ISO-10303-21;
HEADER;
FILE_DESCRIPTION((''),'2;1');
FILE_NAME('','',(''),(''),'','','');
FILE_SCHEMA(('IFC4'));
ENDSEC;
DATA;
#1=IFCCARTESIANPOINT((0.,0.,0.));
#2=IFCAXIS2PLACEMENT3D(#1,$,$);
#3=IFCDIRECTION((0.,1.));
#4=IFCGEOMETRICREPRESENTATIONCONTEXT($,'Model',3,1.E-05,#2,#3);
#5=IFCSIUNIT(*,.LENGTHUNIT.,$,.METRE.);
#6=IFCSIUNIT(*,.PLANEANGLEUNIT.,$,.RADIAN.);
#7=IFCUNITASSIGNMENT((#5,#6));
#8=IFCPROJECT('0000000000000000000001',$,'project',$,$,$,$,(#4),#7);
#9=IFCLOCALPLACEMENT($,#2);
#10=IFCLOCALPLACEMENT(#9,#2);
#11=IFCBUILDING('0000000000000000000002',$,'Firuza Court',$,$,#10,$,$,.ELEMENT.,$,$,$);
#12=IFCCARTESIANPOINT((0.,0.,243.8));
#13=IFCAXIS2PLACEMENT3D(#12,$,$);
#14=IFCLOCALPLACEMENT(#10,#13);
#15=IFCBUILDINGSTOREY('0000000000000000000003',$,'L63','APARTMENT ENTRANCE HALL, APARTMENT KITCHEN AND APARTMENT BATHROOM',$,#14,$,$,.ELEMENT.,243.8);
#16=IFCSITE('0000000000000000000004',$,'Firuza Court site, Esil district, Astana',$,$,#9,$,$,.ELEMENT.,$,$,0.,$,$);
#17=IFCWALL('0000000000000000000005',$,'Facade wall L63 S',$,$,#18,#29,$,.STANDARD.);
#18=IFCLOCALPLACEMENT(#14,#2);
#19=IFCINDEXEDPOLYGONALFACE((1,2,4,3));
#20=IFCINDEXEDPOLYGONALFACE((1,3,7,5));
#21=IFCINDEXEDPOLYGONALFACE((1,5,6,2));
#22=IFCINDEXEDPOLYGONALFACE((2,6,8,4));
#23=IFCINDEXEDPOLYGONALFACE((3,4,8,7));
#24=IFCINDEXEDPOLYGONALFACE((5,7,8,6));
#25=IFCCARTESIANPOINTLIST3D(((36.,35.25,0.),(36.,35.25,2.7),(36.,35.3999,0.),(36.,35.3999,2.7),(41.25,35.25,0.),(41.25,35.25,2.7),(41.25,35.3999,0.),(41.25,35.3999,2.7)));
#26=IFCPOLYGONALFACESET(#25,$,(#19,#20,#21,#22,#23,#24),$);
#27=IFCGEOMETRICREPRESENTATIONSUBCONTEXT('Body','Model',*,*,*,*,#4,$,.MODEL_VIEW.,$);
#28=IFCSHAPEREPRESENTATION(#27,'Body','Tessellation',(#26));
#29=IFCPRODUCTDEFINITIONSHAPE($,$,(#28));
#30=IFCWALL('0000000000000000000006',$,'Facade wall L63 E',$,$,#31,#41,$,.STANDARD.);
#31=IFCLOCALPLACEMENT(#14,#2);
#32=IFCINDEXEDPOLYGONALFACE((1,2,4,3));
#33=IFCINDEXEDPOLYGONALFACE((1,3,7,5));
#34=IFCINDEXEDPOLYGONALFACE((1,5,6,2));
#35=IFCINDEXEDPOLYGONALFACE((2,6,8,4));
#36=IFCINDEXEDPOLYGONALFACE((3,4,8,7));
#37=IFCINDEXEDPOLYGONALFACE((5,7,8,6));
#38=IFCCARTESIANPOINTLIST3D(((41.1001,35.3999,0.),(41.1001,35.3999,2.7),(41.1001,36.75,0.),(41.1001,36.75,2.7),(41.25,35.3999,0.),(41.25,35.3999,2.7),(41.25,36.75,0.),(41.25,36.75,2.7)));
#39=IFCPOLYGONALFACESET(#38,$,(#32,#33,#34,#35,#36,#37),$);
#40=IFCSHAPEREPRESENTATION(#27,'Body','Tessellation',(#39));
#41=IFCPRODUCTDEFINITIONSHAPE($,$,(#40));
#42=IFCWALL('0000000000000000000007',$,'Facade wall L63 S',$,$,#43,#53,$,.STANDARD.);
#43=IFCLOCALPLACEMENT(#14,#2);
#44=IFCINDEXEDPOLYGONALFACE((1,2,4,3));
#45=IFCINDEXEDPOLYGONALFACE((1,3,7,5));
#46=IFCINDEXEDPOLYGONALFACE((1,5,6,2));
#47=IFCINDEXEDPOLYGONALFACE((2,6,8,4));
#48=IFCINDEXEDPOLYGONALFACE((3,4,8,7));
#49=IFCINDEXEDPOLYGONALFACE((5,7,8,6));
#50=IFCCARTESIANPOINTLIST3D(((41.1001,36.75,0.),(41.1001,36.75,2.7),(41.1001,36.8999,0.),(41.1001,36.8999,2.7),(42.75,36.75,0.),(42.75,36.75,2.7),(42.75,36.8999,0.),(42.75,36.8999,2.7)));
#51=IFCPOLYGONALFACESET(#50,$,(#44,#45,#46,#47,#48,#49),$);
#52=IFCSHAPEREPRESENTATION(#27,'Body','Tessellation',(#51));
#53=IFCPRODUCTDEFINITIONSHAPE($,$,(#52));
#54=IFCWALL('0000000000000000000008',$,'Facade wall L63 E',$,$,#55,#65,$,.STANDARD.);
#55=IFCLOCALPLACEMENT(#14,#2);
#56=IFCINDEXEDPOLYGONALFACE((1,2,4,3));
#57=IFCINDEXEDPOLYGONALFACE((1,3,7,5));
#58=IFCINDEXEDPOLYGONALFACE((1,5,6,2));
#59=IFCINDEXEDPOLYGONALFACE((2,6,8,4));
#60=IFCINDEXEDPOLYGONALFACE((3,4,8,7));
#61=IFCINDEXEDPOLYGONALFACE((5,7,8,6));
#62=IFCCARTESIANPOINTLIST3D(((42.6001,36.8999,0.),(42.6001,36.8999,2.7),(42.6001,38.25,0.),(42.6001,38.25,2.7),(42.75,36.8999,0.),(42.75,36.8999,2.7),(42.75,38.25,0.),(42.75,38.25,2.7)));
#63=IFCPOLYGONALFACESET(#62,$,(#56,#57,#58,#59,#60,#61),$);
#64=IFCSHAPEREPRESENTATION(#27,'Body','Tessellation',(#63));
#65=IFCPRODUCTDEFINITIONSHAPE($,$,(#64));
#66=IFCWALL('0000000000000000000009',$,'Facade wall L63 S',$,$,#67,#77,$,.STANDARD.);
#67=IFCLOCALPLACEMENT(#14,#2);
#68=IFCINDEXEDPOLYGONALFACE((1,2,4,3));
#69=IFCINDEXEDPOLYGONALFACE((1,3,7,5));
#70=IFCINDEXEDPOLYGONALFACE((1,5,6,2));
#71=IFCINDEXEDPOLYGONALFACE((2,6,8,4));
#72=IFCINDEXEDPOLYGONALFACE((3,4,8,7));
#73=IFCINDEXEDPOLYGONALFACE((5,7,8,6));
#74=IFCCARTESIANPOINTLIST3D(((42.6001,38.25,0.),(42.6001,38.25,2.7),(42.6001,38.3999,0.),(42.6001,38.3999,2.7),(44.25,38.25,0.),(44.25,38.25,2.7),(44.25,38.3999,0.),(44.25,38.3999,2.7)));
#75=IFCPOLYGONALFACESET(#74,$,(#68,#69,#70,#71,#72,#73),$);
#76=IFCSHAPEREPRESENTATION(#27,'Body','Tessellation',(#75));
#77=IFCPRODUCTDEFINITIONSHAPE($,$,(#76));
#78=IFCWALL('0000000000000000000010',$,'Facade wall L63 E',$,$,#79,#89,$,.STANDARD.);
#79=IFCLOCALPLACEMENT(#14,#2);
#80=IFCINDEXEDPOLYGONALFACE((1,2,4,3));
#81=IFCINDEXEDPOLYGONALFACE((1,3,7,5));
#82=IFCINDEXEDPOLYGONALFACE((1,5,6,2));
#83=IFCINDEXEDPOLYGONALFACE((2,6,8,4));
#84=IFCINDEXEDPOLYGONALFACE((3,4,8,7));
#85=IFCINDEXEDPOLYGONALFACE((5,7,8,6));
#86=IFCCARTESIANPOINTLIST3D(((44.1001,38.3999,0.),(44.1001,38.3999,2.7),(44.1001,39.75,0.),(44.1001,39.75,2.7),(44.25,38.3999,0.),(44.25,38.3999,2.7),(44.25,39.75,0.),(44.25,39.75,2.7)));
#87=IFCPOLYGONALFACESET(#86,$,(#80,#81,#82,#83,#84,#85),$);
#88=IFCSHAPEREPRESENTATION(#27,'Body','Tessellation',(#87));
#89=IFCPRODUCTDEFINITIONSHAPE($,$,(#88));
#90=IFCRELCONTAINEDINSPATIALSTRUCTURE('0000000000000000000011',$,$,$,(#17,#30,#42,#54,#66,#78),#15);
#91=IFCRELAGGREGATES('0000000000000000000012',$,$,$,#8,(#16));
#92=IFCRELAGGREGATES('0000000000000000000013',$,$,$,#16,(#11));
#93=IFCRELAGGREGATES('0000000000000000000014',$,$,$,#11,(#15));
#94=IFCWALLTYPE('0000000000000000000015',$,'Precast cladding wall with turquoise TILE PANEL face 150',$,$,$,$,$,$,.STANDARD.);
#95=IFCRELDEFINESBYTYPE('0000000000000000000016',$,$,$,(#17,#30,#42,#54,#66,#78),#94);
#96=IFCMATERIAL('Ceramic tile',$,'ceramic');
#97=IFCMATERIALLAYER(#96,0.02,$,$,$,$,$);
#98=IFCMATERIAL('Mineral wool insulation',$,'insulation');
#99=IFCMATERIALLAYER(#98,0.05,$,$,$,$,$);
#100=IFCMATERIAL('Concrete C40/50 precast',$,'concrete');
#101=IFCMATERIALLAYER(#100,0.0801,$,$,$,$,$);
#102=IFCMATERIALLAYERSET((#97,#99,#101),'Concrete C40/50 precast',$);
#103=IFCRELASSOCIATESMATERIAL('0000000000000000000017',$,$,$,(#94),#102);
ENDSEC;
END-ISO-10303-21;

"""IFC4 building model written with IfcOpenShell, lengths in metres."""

from ifc_helpers import new_model, si_unit, direction, frame, frame_2d, origin, place, context, subcontext, project, spatial, rectangle, extrude, material, layer, layer_set, type_object, element, save


model = new_model("IFC4")

# Units and contexts
model_context = context("Model", 3, precision=1e-05, world=origin(), true_north=direction((0.0, 1.0)))
body_context = subcontext(model_context, "Body", "Model", "MODEL_VIEW")
ifc_project = project(units=[si_unit("LENGTHUNIT", "METRE"), si_unit("PLANEANGLEUNIT", "RADIAN")], contexts=[model_context])

# Site, building, storey
site_placement = place(None, origin())
site = spatial("IfcSite", under=ifc_project, at=site_placement, Name="Firuza Court site, Esil district, Astana", CompositionType="ELEMENT", RefElevation=0.0)
building_placement = place(site_placement, origin())
building = spatial("IfcBuilding", under=site, at=building_placement, Name="Firuza Court", CompositionType="ELEMENT")
storey_placement = place(building_placement, frame((0.0, 0.0, 243.8)))
storey = spatial("IfcBuildingStorey", under=building, at=storey_placement, Name="L63", Description="APARTMENT ENTRANCE HALL, APARTMENT KITCHEN AND APARTMENT BATHROOM", CompositionType="ELEMENT", Elevation=243.8)

# Shared definitions
ifc_material_1 = material(Name="Ceramic tile", Category="ceramic")
ifc_material_2 = material(Name="Mineral wool insulation", Category="insulation")
ifc_material_3 = material(Name="Concrete C40/50 precast", Category="concrete")

# Shared definitions
ifc_layer_1 = layer(ifc_material_1, 0.02)
ifc_layer_2 = layer(ifc_material_2, 0.05)
ifc_layer_3 = layer(ifc_material_3, 0.0801)
ifc_layer_set_1 = layer_set([ifc_layer_1, ifc_layer_2, ifc_layer_3], Name="Concrete C40/50 precast")
wall_type_1 = type_object("IfcWallType", Name="Precast cladding wall with turquoise TILE PANEL face 150", PredefinedType="STANDARD", material=ifc_layer_set_1)

# Walls
wall_1_placement = place(storey_placement, frame((36.0, 35.325, 0.0), z_axis=(0.0, 0.0, 1.0), x_axis=(1.0, 0.0, 0.0)))
element("IfcWall", 1, at=wall_1_placement, inside=storey, type_object=wall_type_1, Name="Facade wall L63 S", PredefinedType="STANDARD", context=body_context, shape_type="SweptSolid", body=[
    extrude(rectangle(XDim=5.25, YDim=0.1499, at=frame_2d((2.625, 0.0))), origin(), (0.0, 0.0, 1.0), 2.7),
])
wall_2_placement = place(storey_placement, frame((41.175, 35.3999, 0.0), z_axis=(0.0, 0.0, 1.0), x_axis=(0.0, 1.0, 0.0)))
element("IfcWall", 2, at=wall_2_placement, inside=storey, type_object=wall_type_1, Name="Facade wall L63 E", PredefinedType="STANDARD", context=body_context, shape_type="SweptSolid", body=[
    extrude(rectangle(XDim=1.3501, YDim=0.1499, at=frame_2d((0.675, 0.0))), origin(), (0.0, 0.0, 1.0), 2.7),
])
wall_3_placement = place(storey_placement, frame((41.1001, 36.825, 0.0), z_axis=(0.0, 0.0, 1.0), x_axis=(1.0, 0.0, 0.0)))
element("IfcWall", 3, at=wall_3_placement, inside=storey, type_object=wall_type_1, Name="Facade wall L63 S", PredefinedType="STANDARD", context=body_context, shape_type="SweptSolid", body=[
    extrude(rectangle(XDim=1.6499, YDim=0.1499, at=frame_2d((0.825, 0.0))), origin(), (0.0, 0.0, 1.0), 2.7),
])
wall_4_placement = place(storey_placement, frame((42.675, 36.8999, 0.0), z_axis=(0.0, 0.0, 1.0), x_axis=(0.0, 1.0, 0.0)))
element("IfcWall", 4, at=wall_4_placement, inside=storey, type_object=wall_type_1, Name="Facade wall L63 E", PredefinedType="STANDARD", context=body_context, shape_type="SweptSolid", body=[
    extrude(rectangle(XDim=1.3501, YDim=0.1499, at=frame_2d((0.675, 0.0))), origin(), (0.0, 0.0, 1.0), 2.7),
])
wall_5_placement = place(storey_placement, frame((42.6001, 38.325, 0.0), z_axis=(0.0, 0.0, 1.0), x_axis=(1.0, 0.0, 0.0)))
element("IfcWall", 5, at=wall_5_placement, inside=storey, type_object=wall_type_1, Name="Facade wall L63 S", PredefinedType="STANDARD", context=body_context, shape_type="SweptSolid", body=[
    extrude(rectangle(XDim=1.6499, YDim=0.1499, at=frame_2d((0.825, 0.0))), origin(), (0.0, 0.0, 1.0), 2.7),
])
wall_6_placement = place(storey_placement, frame((44.175, 38.3999, 0.0), z_axis=(0.0, 0.0, 1.0), x_axis=(0.0, 1.0, 0.0)))
element("IfcWall", 6, at=wall_6_placement, inside=storey, type_object=wall_type_1, Name="Facade wall L63 E", PredefinedType="STANDARD", context=body_context, shape_type="SweptSolid", body=[
    extrude(rectangle(XDim=1.3501, YDim=0.1499, at=frame_2d((0.675, 0.0))), origin(), (0.0, 0.0, 1.0), 2.7),
])

save(model, "model.ifc")
